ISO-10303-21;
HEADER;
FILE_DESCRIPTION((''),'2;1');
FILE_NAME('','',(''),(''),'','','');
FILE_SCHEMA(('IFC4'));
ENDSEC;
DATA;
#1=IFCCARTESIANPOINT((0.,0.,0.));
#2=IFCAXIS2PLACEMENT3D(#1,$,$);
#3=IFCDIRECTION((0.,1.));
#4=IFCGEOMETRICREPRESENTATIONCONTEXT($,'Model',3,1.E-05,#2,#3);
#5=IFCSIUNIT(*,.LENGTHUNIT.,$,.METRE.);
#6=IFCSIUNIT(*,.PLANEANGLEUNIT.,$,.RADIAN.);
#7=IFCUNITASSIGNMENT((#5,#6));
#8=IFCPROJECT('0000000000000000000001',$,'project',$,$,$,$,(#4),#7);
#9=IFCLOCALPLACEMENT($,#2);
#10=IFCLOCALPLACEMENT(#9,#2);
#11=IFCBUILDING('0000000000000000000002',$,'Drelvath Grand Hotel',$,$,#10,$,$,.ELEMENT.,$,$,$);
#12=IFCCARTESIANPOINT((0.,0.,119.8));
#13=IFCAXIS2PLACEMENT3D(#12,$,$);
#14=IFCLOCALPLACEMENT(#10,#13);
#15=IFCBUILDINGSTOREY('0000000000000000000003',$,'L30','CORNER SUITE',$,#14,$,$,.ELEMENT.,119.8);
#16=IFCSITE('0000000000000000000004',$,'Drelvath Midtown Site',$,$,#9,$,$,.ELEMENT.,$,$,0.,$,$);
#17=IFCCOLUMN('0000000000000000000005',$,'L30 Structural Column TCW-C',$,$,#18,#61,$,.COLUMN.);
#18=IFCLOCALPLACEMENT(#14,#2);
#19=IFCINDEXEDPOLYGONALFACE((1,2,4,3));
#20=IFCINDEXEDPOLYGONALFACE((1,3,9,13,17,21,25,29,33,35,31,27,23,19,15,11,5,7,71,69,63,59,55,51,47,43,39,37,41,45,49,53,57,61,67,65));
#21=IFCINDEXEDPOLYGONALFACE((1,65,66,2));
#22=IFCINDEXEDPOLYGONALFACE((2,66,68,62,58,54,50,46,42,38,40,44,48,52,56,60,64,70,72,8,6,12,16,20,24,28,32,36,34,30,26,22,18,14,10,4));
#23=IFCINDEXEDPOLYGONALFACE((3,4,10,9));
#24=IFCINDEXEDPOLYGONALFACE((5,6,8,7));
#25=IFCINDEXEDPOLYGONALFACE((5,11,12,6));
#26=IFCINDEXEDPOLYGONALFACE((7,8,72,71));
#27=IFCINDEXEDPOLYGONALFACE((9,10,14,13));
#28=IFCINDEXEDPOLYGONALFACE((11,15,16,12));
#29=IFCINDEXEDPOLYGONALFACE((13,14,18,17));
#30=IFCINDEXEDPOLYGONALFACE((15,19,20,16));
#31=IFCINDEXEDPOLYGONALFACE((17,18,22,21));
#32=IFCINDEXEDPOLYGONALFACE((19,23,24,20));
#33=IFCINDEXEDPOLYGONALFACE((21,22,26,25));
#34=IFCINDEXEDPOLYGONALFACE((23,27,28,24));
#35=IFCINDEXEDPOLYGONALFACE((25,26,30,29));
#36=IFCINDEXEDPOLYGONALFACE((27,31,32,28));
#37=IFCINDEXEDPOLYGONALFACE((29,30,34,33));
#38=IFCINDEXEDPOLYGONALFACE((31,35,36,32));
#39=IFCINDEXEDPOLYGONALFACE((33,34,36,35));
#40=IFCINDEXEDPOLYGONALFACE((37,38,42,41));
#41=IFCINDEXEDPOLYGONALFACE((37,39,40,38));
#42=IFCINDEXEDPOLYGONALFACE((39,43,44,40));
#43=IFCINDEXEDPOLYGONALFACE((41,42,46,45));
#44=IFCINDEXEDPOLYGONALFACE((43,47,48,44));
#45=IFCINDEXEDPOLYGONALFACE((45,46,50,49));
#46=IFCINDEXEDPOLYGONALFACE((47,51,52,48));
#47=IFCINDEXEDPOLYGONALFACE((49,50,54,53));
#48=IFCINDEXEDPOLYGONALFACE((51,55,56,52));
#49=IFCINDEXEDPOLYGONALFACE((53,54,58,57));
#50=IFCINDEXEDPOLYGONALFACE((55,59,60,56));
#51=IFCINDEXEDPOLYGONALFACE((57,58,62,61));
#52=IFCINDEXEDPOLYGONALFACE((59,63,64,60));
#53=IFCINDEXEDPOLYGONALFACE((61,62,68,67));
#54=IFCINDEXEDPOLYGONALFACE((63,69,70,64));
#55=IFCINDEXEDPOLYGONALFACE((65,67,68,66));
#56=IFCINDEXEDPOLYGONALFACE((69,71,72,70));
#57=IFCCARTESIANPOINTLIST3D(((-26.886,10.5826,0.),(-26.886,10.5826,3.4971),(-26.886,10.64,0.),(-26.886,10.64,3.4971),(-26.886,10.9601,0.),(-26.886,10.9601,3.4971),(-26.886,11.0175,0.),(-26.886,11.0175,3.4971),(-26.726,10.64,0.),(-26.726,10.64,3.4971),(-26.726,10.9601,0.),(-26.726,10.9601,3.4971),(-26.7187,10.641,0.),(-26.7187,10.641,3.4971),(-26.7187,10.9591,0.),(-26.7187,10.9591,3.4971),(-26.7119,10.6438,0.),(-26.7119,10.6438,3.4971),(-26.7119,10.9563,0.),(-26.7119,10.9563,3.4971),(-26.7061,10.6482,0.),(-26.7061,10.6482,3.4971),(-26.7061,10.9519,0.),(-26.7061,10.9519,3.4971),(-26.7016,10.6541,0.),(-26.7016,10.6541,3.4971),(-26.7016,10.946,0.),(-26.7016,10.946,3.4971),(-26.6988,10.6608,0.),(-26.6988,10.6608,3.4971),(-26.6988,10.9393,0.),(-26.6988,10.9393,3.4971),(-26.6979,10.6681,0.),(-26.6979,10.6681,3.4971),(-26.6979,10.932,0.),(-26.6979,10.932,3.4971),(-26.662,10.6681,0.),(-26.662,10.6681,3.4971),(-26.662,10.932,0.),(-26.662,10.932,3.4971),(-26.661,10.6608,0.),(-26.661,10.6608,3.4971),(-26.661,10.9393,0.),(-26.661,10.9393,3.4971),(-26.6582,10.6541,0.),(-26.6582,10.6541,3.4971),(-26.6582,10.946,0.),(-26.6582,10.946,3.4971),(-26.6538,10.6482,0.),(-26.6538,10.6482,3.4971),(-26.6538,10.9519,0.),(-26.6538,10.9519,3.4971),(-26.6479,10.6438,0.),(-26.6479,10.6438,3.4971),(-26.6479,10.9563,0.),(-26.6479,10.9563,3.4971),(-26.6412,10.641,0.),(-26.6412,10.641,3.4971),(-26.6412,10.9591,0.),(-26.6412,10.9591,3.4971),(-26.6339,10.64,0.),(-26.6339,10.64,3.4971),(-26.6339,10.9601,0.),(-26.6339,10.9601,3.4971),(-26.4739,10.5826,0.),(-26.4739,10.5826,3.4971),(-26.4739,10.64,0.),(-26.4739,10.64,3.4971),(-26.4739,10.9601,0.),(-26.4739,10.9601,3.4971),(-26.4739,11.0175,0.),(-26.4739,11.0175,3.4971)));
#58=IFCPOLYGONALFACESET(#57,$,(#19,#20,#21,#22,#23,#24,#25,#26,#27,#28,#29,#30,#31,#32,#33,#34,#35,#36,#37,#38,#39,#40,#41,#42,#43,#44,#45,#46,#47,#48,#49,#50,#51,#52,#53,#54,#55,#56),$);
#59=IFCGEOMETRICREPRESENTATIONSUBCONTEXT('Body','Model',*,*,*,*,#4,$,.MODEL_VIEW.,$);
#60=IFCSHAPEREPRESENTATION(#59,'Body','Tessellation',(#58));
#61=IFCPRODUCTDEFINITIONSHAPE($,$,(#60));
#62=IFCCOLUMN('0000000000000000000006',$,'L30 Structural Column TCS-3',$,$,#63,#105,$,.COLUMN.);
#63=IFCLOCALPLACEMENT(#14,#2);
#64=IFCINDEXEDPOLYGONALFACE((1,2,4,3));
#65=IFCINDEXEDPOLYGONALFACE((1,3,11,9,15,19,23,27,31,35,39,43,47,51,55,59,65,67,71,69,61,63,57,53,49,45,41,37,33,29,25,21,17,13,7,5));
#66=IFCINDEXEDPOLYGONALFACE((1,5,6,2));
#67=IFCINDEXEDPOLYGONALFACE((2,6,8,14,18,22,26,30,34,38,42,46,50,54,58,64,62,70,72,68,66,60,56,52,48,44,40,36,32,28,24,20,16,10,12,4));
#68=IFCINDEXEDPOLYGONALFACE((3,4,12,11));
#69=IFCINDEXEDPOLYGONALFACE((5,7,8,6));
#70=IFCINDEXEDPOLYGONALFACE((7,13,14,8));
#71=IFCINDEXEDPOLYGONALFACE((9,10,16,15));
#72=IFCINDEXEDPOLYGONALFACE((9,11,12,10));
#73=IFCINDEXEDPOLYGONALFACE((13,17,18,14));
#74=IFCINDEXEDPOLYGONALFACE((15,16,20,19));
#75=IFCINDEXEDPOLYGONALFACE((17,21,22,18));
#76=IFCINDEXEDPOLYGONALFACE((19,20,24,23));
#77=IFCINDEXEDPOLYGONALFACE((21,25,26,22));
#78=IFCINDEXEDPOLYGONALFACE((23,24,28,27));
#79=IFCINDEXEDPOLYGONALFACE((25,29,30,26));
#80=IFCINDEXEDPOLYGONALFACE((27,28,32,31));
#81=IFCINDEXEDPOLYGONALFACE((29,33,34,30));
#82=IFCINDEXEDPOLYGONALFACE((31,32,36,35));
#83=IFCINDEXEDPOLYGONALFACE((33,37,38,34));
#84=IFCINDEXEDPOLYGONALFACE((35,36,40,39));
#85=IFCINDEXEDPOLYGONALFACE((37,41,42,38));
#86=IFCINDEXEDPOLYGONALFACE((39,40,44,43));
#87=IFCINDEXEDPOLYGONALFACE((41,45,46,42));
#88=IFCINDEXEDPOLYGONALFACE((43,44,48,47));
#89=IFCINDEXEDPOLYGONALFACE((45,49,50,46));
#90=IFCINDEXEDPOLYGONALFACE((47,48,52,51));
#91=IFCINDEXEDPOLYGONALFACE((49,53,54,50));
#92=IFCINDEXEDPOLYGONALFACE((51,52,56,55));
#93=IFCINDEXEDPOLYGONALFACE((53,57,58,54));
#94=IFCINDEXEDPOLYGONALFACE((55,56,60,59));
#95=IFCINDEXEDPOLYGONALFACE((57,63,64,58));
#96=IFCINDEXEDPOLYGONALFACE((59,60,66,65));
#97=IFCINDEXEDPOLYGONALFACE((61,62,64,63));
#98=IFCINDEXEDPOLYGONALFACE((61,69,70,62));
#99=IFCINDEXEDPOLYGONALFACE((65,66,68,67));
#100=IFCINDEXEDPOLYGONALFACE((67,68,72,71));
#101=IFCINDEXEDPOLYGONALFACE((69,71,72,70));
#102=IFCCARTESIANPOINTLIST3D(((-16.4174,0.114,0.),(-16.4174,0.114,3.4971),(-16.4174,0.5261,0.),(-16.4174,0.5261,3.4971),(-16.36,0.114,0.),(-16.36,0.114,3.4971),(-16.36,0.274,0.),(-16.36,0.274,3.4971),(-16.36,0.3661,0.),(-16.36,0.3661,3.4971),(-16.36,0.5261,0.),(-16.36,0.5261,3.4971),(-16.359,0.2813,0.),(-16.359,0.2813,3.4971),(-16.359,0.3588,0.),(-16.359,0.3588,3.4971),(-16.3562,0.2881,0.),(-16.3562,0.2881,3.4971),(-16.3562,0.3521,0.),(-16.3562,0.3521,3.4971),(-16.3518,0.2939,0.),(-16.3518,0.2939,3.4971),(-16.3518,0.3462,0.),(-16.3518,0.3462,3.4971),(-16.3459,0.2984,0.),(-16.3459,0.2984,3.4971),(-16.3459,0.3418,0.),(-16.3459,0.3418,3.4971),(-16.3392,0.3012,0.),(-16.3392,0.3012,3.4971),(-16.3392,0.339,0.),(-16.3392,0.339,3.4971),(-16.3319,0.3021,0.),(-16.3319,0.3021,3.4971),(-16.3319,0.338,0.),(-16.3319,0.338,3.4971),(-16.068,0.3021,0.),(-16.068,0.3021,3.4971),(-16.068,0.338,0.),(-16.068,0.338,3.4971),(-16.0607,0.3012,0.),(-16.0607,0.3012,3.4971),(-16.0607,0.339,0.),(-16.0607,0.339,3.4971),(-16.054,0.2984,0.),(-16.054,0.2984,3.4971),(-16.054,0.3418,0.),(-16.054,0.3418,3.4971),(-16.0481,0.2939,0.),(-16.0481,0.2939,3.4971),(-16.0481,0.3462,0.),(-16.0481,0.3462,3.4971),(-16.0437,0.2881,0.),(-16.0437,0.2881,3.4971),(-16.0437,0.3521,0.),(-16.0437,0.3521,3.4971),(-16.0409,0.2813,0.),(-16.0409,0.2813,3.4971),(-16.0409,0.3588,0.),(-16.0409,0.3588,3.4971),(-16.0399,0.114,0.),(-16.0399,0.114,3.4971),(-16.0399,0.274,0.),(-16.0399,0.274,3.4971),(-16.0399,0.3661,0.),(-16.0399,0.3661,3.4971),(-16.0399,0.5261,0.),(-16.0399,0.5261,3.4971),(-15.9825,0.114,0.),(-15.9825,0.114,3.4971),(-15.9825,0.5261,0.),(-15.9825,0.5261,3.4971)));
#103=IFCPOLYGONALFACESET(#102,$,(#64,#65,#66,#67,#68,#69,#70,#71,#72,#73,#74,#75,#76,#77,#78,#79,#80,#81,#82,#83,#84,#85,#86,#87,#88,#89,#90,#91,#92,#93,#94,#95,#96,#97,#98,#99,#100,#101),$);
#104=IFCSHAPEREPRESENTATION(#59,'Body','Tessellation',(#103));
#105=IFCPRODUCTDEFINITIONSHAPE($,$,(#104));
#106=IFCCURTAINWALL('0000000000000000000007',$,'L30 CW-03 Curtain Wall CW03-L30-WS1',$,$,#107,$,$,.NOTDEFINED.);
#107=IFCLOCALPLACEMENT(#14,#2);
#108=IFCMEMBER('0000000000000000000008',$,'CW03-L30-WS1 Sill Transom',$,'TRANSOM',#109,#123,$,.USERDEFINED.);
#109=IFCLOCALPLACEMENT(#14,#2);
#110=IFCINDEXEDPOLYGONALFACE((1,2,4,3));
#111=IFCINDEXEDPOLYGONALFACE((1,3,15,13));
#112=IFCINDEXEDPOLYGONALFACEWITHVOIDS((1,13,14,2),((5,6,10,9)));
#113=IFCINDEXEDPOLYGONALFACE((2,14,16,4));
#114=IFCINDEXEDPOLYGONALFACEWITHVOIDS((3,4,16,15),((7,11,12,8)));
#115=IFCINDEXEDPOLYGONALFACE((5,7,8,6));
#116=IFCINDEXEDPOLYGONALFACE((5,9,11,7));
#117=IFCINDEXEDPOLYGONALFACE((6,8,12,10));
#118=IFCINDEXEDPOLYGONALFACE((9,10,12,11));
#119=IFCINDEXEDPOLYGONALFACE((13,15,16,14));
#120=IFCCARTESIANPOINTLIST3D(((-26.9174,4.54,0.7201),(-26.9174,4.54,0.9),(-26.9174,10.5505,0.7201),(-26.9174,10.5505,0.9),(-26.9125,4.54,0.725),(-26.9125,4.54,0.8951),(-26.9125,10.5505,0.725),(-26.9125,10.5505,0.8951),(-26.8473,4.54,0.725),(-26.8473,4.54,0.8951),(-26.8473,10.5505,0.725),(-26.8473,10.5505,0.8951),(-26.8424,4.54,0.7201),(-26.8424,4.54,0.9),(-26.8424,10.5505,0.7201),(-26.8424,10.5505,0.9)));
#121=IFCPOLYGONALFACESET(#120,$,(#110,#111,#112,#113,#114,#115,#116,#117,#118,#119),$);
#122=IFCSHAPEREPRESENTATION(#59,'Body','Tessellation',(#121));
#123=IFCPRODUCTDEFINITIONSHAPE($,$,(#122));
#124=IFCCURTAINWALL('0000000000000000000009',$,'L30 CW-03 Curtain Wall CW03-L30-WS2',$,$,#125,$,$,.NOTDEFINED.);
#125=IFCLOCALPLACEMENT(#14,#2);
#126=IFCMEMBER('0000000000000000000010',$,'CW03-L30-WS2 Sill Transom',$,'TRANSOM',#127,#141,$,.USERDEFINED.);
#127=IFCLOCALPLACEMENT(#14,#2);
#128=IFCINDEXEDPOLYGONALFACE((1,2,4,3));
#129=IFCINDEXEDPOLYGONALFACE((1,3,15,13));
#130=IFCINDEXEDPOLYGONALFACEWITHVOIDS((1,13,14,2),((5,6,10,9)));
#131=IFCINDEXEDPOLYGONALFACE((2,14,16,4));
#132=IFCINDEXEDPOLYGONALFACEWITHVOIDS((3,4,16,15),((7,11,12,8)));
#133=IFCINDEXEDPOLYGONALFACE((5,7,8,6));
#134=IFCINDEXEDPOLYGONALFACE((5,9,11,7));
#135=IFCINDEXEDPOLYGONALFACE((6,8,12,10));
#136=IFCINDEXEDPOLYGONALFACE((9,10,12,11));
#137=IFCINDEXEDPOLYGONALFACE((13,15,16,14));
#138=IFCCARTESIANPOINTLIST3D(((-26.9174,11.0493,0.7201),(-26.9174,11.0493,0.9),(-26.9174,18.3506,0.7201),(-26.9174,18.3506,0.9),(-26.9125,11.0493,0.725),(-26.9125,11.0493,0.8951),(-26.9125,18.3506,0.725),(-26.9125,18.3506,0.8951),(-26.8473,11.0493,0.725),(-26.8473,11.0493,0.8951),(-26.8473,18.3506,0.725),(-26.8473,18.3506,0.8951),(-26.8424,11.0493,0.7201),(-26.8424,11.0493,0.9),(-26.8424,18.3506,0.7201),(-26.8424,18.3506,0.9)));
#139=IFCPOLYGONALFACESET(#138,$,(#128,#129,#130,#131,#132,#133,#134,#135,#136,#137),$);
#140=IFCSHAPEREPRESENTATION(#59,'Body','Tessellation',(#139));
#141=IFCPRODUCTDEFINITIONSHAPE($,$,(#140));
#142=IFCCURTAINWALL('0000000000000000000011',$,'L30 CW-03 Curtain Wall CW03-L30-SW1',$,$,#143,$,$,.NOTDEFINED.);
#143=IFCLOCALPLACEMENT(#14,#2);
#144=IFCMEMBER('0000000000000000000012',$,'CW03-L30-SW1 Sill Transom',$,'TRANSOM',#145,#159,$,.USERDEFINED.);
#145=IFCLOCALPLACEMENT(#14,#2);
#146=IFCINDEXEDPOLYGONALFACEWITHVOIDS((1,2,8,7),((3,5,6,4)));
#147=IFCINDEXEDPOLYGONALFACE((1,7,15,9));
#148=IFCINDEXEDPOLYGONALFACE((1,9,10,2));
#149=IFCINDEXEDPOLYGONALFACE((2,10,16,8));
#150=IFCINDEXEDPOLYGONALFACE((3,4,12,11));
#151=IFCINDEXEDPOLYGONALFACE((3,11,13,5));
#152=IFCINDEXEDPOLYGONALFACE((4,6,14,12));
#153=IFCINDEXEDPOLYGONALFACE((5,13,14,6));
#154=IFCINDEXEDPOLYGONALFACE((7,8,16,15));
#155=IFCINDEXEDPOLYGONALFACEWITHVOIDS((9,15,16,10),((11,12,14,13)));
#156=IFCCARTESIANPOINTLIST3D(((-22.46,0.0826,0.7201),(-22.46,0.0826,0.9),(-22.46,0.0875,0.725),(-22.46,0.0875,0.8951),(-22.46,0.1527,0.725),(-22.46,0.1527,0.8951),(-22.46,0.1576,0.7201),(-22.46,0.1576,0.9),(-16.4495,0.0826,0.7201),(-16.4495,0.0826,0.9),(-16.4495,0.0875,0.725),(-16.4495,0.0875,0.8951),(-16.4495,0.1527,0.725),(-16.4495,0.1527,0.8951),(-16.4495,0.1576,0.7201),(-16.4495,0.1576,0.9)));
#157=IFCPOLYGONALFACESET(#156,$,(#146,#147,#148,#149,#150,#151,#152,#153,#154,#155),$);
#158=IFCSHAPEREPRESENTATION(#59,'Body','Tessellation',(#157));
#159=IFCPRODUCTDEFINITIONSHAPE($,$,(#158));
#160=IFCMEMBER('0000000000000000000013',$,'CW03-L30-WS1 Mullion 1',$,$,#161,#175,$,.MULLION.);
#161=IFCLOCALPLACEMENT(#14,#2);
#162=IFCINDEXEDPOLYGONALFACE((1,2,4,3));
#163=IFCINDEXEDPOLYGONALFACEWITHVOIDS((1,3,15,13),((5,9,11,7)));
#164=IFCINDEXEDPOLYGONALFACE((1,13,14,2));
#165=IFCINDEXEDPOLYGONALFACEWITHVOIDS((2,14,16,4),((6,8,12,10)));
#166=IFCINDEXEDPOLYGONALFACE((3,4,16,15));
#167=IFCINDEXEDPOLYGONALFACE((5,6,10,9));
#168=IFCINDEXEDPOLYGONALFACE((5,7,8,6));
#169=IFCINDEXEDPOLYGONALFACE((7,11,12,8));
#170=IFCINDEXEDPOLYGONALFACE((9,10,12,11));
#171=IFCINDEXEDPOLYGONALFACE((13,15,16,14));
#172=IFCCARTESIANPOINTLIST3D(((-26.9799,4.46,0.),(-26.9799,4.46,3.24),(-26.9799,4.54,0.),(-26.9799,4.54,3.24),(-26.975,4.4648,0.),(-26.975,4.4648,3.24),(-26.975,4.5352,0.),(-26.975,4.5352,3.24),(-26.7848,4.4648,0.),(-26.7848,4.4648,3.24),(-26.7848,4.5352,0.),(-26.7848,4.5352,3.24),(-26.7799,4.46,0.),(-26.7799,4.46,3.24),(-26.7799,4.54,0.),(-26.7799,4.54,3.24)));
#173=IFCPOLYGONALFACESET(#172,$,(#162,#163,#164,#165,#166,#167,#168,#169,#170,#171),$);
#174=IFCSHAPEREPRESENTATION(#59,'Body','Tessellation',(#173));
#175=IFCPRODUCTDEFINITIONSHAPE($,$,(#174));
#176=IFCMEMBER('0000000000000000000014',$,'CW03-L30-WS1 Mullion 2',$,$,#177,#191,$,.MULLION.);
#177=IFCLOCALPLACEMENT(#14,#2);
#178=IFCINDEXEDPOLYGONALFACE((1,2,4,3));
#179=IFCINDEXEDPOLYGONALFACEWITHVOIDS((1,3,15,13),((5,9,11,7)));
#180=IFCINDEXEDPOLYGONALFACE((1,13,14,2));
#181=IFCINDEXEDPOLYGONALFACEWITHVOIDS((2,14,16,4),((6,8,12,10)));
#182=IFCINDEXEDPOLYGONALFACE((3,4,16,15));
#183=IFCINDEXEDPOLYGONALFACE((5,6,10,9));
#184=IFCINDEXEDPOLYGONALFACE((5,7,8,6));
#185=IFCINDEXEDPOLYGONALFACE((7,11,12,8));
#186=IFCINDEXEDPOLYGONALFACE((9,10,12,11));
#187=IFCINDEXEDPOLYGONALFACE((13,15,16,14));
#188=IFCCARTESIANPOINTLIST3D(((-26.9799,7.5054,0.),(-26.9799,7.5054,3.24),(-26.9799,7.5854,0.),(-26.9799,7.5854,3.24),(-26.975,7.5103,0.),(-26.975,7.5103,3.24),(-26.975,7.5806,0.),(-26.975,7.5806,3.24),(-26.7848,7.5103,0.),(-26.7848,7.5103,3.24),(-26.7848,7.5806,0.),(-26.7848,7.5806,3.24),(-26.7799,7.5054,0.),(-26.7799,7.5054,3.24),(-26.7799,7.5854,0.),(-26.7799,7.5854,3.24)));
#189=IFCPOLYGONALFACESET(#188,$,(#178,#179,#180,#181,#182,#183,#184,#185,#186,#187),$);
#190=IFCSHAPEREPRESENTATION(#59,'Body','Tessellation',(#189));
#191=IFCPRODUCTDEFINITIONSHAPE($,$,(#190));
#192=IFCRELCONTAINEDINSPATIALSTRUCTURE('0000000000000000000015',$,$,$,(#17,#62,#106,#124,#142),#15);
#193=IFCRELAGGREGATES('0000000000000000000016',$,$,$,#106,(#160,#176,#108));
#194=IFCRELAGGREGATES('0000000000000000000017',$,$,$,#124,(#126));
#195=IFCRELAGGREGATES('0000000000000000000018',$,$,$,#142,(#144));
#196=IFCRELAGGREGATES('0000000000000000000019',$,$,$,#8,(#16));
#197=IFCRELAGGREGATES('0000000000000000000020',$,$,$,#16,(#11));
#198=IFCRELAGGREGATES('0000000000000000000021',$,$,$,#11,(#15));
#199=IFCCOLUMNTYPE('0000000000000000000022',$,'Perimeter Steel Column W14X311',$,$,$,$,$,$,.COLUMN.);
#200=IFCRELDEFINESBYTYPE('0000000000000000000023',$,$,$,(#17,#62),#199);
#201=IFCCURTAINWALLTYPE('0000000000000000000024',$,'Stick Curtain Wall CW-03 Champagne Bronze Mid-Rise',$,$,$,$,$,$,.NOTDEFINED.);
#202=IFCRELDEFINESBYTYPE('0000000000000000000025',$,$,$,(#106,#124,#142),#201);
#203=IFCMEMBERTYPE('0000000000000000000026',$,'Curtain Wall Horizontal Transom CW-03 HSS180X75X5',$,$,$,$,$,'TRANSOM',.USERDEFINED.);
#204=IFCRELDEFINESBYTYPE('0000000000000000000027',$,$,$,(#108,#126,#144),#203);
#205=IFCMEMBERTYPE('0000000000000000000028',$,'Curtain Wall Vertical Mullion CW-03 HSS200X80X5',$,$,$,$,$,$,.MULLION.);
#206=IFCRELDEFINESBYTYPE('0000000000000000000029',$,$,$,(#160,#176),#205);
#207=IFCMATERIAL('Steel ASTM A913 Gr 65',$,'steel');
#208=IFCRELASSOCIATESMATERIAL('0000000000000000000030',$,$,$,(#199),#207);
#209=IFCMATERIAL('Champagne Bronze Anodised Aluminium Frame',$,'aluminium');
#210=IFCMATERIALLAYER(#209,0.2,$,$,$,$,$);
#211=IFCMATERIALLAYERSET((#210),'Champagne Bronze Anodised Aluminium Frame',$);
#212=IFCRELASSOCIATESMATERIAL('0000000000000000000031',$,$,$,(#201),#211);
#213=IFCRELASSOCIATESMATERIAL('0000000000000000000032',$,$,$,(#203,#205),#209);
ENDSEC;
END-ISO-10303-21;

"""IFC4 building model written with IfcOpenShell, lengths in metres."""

from ifc_helpers import new_model, si_unit, direction, frame, origin, origin_2d, place, context, subcontext, project, spatial, hollow_rectangle, i_section, extrude, material, layer, layer_set, material_profile, profile_set, type_object, element, aggregate, save


model = new_model("IFC4")

# Units and contexts
model_context = context("Model", 3, precision=1e-05, world=origin(), true_north=direction((0.0, 1.0)))
body_context = subcontext(model_context, "Body", "Model", "MODEL_VIEW")
ifc_project = project(units=[si_unit("LENGTHUNIT", "METRE"), si_unit("PLANEANGLEUNIT", "RADIAN")], contexts=[model_context])

# Site, building, storey
site_placement = place(None, origin())
site = spatial("IfcSite", under=ifc_project, at=site_placement, Name="Drelvath Midtown Site", CompositionType="ELEMENT", RefElevation=0.0)
building_placement = place(site_placement, origin())
building = spatial("IfcBuilding", under=site, at=building_placement, Name="Drelvath Grand Hotel", CompositionType="ELEMENT")
storey_placement = place(building_placement, frame((0.0, 0.0, 119.8)))
storey = spatial("IfcBuildingStorey", under=building, at=storey_placement, Name="L30", Description="CORNER SUITE", CompositionType="ELEMENT", Elevation=119.8)

# Columns
ifc_material_1 = material(Name="Steel ASTM A913 Gr 65", Category="steel")
ifc_material_profile_1 = material_profile(ifc_material_1, i_section(OverallWidth=0.4121, OverallDepth=0.4348, WebThickness=0.0359, FlangeThickness=0.0574, FilletRadius=0.0281, at=origin_2d()), Name="W14X311")
ifc_profile_set_1 = profile_set([ifc_material_profile_1], Name="Steel ASTM A913 Gr 65")
column_type = type_object("IfcColumnType", Name="Perimeter Steel Column W14X311", PredefinedType="COLUMN", material=ifc_profile_set_1)
for number, where, z_axis, x_axis, name in (
    (1, (-26.6799, 10.8, 0.0), (0.0, 0.0, 1.0), (1.0, 0.0, 0.0), "L30 Structural Column TCW-C"),
    (2, (-16.2, 0.3201, 0.0), (0.0, 0.0, 1.0), (0.0, 1.0, 0.0), "L30 Structural Column TCS-3"),
):
    element("IfcColumn", number, at=place(storey_placement, frame(where, z_axis=z_axis, x_axis=x_axis)), inside=storey, type_object=column_type, Name=name, PredefinedType="COLUMN", context=body_context, shape_type="SweptSolid", body=[
        extrude(i_section(OverallWidth=0.4121, OverallDepth=0.4348, WebThickness=0.0359, FlangeThickness=0.0574, FilletRadius=0.0281, at=origin_2d()), origin(), (0.0, 0.0, 1.0), 3.4971),
    ])

# Curtain walls, members
ifc_material_2 = material(Name="Champagne Bronze Anodised Aluminium Frame", Category="aluminium")
ifc_layer_1 = layer(ifc_material_2, 0.2)
ifc_layer_set_1 = layer_set([ifc_layer_1], Name="Champagne Bronze Anodised Aluminium Frame")
curtain_wall_type = type_object("IfcCurtainWallType", Name="Stick Curtain Wall CW-03 Champagne Bronze Mid-Rise", PredefinedType="NOTDEFINED", material=ifc_layer_set_1)
curtain_wall_1_placement = place(storey_placement, origin())
curtain_wall_1 = element("IfcCurtainWall", 3, at=curtain_wall_1_placement, inside=storey, type_object=curtain_wall_type, Name="L30 CW-03 Curtain Wall CW03-L30-WS1", PredefinedType="NOTDEFINED")
ifc_material_profile_2 = material_profile(ifc_material_2, hollow_rectangle(XDim=0.075, YDim=0.1799, WallThickness=0.0049, at=origin_2d()), Name="HSS180X75X5")
ifc_profile_set_2 = profile_set([ifc_material_profile_2], Name="Champagne Bronze Anodised Aluminium Frame")
member_type_1 = type_object("IfcMemberType", Name="Curtain Wall Horizontal Transom CW-03 HSS180X75X5", ElementType="TRANSOM", PredefinedType="USERDEFINED", material=ifc_profile_set_2)
member_1_placement = place(storey_placement, frame((-26.8799, 4.54, 0.8101), z_axis=(0.0, 1.0, 0.0), x_axis=(-1.0, 0.0, 0.0)))
member_1 = element("IfcMember", 4, at=member_1_placement, type_object=member_type_1, Name="CW03-L30-WS1 Sill Transom", ObjectType="TRANSOM", PredefinedType="USERDEFINED", context=body_context, shape_type="SweptSolid", body=[
    extrude(hollow_rectangle(XDim=0.075, YDim=0.1799, WallThickness=0.0049, at=origin_2d()), origin(), (0.0, 0.0, 1.0), 6.0105),
])
curtain_wall_2_placement = place(storey_placement, origin())
curtain_wall_2 = element("IfcCurtainWall", 5, at=curtain_wall_2_placement, inside=storey, type_object=curtain_wall_type, Name="L30 CW-03 Curtain Wall CW03-L30-WS2", PredefinedType="NOTDEFINED")
member_2_placement = place(storey_placement, frame((-26.8799, 11.0493, 0.8101), z_axis=(0.0, 1.0, 0.0), x_axis=(-1.0, 0.0, 0.0)))
member_2 = element("IfcMember", 6, at=member_2_placement, type_object=member_type_1, Name="CW03-L30-WS2 Sill Transom", ObjectType="TRANSOM", PredefinedType="USERDEFINED", context=body_context, shape_type="SweptSolid", body=[
    extrude(hollow_rectangle(XDim=0.075, YDim=0.1799, WallThickness=0.0049, at=origin_2d()), origin(), (0.0, 0.0, 1.0), 7.3013),
])
curtain_wall_3_placement = place(storey_placement, origin())
curtain_wall_3 = element("IfcCurtainWall", 7, at=curtain_wall_3_placement, inside=storey, type_object=curtain_wall_type, Name="L30 CW-03 Curtain Wall CW03-L30-SW1", PredefinedType="NOTDEFINED")
member_3_placement = place(storey_placement, frame((-16.4495, 0.1201, 0.8101), z_axis=(-1.0, 0.0, 0.0), x_axis=(0.0, -1.0, 0.0)))
member_3 = element("IfcMember", 8, at=member_3_placement, type_object=member_type_1, Name="CW03-L30-SW1 Sill Transom", ObjectType="TRANSOM", PredefinedType="USERDEFINED", context=body_context, shape_type="SweptSolid", body=[
    extrude(hollow_rectangle(XDim=0.075, YDim=0.1799, WallThickness=0.0049, at=origin_2d()), origin(), (0.0, 0.0, 1.0), 6.0105),
])

# Members
ifc_material_profile_3 = material_profile(ifc_material_2, hollow_rectangle(XDim=0.0801, YDim=0.2, WallThickness=0.0049, at=origin_2d()), Name="HSS200X80X5")
ifc_profile_set_3 = profile_set([ifc_material_profile_3], Name="Champagne Bronze Anodised Aluminium Frame")
member_type_2 = type_object("IfcMemberType", Name="Curtain Wall Vertical Mullion CW-03 HSS200X80X5", PredefinedType="MULLION", material=ifc_profile_set_3)
member_4_placement = place(storey_placement, frame((-26.8799, 4.5, 0.0), z_axis=(0.0, 0.0, 1.0), x_axis=(0.0, 1.0, 0.0)))
member_4 = element("IfcMember", 9, at=member_4_placement, type_object=member_type_2, Name="CW03-L30-WS1 Mullion 1", PredefinedType="MULLION", context=body_context, shape_type="SweptSolid", body=[
    extrude(hollow_rectangle(XDim=0.0801, YDim=0.2, WallThickness=0.0049, at=origin_2d()), origin(), (0.0, 0.0, 1.0), 3.24),
])
member_5_placement = place(storey_placement, frame((-26.8799, 7.5454, 0.0), z_axis=(0.0, 0.0, 1.0), x_axis=(0.0, 1.0, 0.0)))
member_5 = element("IfcMember", 10, at=member_5_placement, type_object=member_type_2, Name="CW03-L30-WS1 Mullion 2", PredefinedType="MULLION", context=body_context, shape_type="SweptSolid", body=[
    extrude(hollow_rectangle(XDim=0.0801, YDim=0.2, WallThickness=0.0049, at=origin_2d()), origin(), (0.0, 0.0, 1.0), 3.24),
])

aggregate(curtain_wall_1, [member_4, member_5, member_1])
aggregate(curtain_wall_2, [member_2])
aggregate(curtain_wall_3, [member_3])

save(model, "model.ifc")
